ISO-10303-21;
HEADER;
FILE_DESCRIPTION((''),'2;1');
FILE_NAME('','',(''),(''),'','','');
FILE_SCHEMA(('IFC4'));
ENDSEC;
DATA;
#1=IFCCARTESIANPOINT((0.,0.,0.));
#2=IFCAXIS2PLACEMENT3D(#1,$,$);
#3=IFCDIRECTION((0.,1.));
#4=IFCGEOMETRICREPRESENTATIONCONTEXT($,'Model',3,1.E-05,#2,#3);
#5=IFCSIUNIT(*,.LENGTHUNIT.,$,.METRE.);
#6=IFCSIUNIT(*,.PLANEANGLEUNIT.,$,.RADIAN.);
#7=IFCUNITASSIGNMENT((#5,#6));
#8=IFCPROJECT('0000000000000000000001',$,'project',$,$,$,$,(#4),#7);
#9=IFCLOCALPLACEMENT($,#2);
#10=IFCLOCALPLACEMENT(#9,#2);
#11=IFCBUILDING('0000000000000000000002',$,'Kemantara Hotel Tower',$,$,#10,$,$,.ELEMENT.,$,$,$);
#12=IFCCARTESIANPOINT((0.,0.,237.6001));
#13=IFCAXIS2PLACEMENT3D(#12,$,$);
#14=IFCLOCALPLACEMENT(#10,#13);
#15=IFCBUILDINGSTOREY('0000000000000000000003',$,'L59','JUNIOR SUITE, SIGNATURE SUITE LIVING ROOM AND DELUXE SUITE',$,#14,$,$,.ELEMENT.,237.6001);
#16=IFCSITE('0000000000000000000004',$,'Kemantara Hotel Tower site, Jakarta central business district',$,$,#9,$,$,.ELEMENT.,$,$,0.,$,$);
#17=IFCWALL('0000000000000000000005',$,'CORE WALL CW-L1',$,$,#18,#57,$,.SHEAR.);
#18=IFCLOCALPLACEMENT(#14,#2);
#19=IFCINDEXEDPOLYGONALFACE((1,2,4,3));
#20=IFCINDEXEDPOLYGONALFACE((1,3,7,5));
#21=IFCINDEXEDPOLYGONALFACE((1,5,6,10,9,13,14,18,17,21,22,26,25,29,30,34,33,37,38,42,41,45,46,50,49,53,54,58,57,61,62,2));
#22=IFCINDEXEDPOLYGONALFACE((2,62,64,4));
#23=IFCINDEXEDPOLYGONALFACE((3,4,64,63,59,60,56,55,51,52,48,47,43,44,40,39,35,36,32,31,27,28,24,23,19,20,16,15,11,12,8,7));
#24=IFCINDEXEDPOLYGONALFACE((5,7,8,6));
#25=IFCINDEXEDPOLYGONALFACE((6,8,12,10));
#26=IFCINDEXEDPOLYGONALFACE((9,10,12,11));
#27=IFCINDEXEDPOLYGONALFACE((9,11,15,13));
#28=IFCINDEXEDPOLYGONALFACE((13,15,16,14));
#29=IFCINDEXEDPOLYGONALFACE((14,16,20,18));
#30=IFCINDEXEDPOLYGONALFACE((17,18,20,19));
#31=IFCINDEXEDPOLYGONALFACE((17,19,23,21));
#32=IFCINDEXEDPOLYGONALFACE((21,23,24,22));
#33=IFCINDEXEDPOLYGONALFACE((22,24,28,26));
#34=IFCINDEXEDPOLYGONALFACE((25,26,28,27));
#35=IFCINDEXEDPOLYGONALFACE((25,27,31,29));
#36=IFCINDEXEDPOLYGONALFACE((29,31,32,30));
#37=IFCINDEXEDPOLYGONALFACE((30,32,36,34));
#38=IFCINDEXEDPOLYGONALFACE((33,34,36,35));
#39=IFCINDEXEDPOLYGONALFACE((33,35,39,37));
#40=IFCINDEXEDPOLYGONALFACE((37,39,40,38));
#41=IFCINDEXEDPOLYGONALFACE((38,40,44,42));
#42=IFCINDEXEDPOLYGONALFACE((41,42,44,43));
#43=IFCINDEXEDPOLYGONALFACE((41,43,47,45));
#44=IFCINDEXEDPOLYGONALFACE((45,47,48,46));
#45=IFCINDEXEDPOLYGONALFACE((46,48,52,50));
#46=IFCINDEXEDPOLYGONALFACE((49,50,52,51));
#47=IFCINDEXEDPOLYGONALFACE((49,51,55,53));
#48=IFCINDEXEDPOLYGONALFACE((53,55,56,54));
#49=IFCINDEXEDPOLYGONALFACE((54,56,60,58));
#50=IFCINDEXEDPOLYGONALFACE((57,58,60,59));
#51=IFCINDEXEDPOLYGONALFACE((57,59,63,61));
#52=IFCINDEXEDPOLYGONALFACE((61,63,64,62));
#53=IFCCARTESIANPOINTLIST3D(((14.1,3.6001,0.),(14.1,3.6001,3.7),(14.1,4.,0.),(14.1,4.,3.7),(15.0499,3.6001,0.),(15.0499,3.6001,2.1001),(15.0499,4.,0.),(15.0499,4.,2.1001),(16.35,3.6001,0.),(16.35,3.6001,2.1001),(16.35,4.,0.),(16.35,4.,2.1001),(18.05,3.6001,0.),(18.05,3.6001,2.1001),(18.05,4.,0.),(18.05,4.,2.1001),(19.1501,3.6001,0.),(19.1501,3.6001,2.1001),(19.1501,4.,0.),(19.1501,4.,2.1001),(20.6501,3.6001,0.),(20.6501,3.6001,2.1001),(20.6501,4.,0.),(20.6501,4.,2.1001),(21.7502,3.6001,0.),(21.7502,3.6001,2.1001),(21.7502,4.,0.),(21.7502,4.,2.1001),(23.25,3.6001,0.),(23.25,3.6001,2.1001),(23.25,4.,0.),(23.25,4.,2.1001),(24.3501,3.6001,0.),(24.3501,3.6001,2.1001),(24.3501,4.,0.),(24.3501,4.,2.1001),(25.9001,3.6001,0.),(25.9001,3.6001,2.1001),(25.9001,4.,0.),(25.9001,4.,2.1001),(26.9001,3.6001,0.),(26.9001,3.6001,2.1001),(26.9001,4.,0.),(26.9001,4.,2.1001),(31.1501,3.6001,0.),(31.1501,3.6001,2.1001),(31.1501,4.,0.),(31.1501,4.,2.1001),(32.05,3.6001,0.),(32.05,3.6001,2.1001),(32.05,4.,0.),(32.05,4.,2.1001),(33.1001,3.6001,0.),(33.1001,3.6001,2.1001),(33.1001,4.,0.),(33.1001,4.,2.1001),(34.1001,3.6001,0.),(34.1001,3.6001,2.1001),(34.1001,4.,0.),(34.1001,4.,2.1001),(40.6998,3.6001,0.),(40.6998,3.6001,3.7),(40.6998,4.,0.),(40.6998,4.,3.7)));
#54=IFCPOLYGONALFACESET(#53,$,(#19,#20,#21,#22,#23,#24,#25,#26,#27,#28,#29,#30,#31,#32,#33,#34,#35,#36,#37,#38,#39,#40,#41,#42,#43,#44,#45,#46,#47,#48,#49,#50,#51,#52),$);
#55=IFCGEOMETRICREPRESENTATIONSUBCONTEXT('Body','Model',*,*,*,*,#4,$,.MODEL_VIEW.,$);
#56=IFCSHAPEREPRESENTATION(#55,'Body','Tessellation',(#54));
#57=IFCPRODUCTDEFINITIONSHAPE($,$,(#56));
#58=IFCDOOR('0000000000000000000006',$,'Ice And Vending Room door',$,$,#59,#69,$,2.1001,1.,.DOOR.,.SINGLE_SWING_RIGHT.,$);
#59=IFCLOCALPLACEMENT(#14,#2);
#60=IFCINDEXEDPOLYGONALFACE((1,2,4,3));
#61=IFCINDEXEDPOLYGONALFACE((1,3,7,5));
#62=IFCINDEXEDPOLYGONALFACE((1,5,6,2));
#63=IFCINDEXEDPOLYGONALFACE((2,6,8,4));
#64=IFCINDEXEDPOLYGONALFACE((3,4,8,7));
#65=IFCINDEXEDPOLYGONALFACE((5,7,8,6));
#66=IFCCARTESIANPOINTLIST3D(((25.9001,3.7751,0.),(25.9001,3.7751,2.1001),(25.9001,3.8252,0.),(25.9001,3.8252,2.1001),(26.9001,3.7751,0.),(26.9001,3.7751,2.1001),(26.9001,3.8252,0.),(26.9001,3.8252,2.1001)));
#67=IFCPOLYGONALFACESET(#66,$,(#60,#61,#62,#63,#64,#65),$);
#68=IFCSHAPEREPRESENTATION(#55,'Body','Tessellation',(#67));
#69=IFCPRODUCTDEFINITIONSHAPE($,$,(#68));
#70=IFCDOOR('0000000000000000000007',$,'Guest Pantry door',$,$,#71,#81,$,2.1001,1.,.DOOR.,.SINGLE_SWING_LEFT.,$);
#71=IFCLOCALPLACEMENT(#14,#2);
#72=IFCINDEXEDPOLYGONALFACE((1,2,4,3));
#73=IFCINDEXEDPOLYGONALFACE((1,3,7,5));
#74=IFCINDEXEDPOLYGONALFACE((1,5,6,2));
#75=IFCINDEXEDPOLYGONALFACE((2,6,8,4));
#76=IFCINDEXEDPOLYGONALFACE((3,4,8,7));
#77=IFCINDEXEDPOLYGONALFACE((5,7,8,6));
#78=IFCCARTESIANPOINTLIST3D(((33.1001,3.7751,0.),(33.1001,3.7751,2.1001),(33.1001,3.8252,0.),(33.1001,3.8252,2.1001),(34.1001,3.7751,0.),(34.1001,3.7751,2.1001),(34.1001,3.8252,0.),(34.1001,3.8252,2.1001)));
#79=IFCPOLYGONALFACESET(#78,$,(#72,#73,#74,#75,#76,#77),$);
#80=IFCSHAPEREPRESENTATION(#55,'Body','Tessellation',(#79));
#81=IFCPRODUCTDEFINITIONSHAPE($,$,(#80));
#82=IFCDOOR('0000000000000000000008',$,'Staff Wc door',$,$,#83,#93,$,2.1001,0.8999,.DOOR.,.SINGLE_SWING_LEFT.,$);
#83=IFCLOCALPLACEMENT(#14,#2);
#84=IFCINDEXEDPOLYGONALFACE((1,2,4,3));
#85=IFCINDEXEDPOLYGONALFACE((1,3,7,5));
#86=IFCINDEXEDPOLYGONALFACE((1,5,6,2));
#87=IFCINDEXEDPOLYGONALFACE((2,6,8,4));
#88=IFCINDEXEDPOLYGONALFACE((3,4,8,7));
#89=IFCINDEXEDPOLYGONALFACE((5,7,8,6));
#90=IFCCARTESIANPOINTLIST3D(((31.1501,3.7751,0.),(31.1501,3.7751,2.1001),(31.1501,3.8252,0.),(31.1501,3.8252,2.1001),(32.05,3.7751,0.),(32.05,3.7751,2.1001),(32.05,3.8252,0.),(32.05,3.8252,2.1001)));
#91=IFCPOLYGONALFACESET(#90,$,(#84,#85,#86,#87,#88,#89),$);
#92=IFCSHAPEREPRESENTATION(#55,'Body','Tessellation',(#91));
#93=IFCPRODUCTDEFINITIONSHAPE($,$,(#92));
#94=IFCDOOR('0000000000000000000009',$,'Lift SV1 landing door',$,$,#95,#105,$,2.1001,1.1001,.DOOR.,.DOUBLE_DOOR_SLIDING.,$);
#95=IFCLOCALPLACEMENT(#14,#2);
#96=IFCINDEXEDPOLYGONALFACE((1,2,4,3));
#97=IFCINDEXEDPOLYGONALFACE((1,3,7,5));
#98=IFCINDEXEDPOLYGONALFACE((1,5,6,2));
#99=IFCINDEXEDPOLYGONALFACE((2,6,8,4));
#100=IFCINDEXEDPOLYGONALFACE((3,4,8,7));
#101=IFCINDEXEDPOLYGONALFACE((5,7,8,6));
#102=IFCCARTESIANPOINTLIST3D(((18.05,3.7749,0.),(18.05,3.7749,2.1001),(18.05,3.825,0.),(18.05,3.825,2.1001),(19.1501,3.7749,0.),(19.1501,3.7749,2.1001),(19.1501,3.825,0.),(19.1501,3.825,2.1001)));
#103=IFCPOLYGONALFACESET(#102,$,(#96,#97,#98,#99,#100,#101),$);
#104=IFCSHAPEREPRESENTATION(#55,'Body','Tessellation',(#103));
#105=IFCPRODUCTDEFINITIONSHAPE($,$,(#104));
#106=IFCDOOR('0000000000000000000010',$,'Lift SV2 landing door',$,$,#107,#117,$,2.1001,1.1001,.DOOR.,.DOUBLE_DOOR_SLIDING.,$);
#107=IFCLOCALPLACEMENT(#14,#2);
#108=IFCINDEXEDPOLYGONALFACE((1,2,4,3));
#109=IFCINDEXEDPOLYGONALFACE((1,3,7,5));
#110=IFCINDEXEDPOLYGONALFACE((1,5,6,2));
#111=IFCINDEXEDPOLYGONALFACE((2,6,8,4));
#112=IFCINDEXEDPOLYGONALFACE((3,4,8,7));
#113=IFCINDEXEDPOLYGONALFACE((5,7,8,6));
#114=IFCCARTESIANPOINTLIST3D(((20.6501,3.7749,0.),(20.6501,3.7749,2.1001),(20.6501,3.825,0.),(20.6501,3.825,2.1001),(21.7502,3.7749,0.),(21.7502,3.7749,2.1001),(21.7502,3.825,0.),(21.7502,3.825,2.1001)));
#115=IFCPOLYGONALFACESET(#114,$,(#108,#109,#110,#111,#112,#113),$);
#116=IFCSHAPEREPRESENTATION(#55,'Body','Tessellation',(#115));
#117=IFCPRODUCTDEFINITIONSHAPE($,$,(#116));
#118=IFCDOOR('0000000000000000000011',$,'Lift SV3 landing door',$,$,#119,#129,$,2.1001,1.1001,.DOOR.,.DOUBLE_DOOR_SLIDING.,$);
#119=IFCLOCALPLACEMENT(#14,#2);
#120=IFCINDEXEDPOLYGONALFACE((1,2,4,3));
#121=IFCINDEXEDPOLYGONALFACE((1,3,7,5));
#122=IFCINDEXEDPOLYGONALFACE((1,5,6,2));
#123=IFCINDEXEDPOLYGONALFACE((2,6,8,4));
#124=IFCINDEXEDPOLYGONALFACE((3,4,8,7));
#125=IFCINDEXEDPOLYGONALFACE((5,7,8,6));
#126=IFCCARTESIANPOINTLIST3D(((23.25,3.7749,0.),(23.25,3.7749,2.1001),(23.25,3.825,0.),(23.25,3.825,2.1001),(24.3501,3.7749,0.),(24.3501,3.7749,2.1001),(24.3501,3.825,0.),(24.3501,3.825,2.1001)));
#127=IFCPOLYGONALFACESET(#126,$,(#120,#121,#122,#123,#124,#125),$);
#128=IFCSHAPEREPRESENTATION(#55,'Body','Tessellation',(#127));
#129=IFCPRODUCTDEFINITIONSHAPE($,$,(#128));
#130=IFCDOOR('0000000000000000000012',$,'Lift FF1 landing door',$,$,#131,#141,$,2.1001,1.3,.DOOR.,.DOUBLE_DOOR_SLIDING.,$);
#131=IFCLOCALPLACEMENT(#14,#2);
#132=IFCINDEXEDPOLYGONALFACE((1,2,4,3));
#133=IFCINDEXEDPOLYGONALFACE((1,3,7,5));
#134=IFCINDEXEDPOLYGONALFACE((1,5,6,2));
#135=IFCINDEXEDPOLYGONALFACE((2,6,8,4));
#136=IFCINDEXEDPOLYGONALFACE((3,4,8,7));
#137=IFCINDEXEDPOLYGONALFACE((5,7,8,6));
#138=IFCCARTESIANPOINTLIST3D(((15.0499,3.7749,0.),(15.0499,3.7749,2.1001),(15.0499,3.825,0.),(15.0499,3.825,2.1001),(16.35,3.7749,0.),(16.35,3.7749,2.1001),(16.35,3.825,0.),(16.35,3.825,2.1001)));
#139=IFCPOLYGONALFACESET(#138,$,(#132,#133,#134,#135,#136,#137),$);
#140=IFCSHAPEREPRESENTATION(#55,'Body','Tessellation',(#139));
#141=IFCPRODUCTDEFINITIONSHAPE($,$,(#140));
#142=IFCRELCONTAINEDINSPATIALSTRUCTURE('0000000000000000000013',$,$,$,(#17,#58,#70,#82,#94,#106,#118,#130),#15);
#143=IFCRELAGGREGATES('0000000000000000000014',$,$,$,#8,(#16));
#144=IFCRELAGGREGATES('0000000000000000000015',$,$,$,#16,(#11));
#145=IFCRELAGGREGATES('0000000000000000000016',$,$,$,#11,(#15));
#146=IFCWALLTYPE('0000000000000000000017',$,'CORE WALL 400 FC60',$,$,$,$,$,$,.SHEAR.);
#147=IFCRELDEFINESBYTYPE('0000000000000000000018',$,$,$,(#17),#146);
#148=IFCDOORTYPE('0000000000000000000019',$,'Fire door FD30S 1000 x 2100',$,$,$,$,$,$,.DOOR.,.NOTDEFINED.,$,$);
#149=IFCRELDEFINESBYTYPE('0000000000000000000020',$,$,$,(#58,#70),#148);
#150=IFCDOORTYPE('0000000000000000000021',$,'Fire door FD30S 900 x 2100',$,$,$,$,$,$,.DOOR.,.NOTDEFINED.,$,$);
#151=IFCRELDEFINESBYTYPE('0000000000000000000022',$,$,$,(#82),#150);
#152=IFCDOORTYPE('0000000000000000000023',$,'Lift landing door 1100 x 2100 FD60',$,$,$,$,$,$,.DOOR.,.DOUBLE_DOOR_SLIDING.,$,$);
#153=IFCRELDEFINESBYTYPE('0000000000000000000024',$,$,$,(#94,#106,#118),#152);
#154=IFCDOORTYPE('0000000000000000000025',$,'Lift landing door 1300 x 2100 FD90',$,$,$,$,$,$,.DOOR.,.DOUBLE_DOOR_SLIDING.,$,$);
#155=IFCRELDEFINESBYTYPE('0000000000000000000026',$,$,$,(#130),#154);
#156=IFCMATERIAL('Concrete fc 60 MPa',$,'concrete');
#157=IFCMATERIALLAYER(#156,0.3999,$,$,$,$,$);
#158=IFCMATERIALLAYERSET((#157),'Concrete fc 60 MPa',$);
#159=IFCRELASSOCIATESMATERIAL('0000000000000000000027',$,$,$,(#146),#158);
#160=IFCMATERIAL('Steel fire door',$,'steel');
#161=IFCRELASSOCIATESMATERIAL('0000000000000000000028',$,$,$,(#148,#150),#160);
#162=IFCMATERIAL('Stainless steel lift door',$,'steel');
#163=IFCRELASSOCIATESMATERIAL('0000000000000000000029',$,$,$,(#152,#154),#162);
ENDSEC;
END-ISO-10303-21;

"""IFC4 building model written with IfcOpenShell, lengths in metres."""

from ifc_helpers import new_model, si_unit, direction, frame, frame_2d, origin, place, context, subcontext, project, spatial, rectangle, extrude, material, layer, layer_set, type_object, element, fill, save


model = new_model("IFC4")

# Units and contexts
model_context = context("Model", 3, precision=1e-05, world=origin(), true_north=direction((0.0, 1.0)))
body_context = subcontext(model_context, "Body", "Model", "MODEL_VIEW")
ifc_project = project(units=[si_unit("LENGTHUNIT", "METRE"), si_unit("PLANEANGLEUNIT", "RADIAN")], contexts=[model_context])

# Site, building, storey
site_placement = place(None, origin())
site = spatial("IfcSite", under=ifc_project, at=site_placement, Name="Kemantara Hotel Tower site, Jakarta central business district", CompositionType="ELEMENT", RefElevation=0.0)
building_placement = place(site_placement, origin())
building = spatial("IfcBuilding", under=site, at=building_placement, Name="Kemantara Hotel Tower", CompositionType="ELEMENT")
storey_placement = place(building_placement, frame((0.0, 0.0, 237.6001)))
storey = spatial("IfcBuildingStorey", under=building, at=storey_placement, Name="L59", Description="JUNIOR SUITE, SIGNATURE SUITE LIVING ROOM AND DELUXE SUITE", CompositionType="ELEMENT", Elevation=237.6001)

# Shared definitions
ifc_material_1 = material(Name="Concrete fc 60 MPa", Category="concrete")

# Wall, openings, doors
ifc_layer_1 = layer(ifc_material_1, 0.3999)
ifc_layer_set_1 = layer_set([ifc_layer_1], Name="Concrete fc 60 MPa")
wall_type_1 = type_object("IfcWallType", Name="CORE WALL 400 FC60", PredefinedType="SHEAR", material=ifc_layer_set_1)
ifc_material_2 = material(Name="Steel fire door", Category="steel")
door_type_1 = type_object("IfcDoorType", Name="Fire door FD30S 1000 x 2100", OperationType="NOTDEFINED", PredefinedType="DOOR", material=ifc_material_2)
wall_1_placement = place(storey_placement, frame((14.1001, 3.8, 0.0), z_axis=(0.0, 0.0, 1.0), x_axis=(1.0, 0.0, 0.0)))
wall_1 = element("IfcWall", 1, at=wall_1_placement, inside=storey, type_object=wall_type_1, Name="CORE WALL CW-L1", PredefinedType="SHEAR", context=body_context, shape_type="SweptSolid", body=[
    extrude(rectangle(XDim=26.5999, YDim=0.3999, at=frame_2d((13.2998, 0.0))), origin(), (0.0, 0.0, 1.0), 3.7),
])
opening_1_placement = place(wall_1_placement, frame((0.95, 0.0, 0.0)))
opening_1 = element("IfcOpeningElement", 2, at=opening_1_placement, cuts=wall_1, PredefinedType="OPENING", context=body_context, shape_type="SweptSolid", body=[
    extrude(rectangle(XDim=1.3, YDim=2.1001, at=frame_2d((0.6499, 1.05))), frame((0.0, 0.21, 0.0), z_axis=(0.0, -1.0, 0.0), x_axis=(1.0, 0.0, 0.0)), (0.0, 0.0, 1.0), 0.4199),
])
opening_2_placement = place(wall_1_placement, frame((3.95, 0.0, 0.0)))
opening_2 = element("IfcOpeningElement", 3, at=opening_2_placement, cuts=wall_1, PredefinedType="OPENING", context=body_context, shape_type="SweptSolid", body=[
    extrude(rectangle(XDim=1.1001, YDim=2.1001, at=frame_2d((0.55, 1.05))), frame((0.0, 0.21, 0.0), z_axis=(0.0, -1.0, 0.0), x_axis=(1.0, 0.0, 0.0)), (0.0, 0.0, 1.0), 0.4199),
])
opening_3_placement = place(wall_1_placement, frame((6.55, 0.0, 0.0)))
opening_3 = element("IfcOpeningElement", 4, at=opening_3_placement, cuts=wall_1, PredefinedType="OPENING", context=body_context, shape_type="SweptSolid", body=[
    extrude(rectangle(XDim=1.1001, YDim=2.1001, at=frame_2d((0.55, 1.05))), frame((0.0, 0.21, 0.0), z_axis=(0.0, -1.0, 0.0), x_axis=(1.0, 0.0, 0.0)), (0.0, 0.0, 1.0), 0.4199),
])
opening_4_placement = place(wall_1_placement, frame((9.1499, 0.0, 0.0)))
opening_4 = element("IfcOpeningElement", 5, at=opening_4_placement, cuts=wall_1, PredefinedType="OPENING", context=body_context, shape_type="SweptSolid", body=[
    extrude(rectangle(XDim=1.1001, YDim=2.1001, at=frame_2d((0.55, 1.05))), frame((0.0, 0.21, 0.0), z_axis=(0.0, -1.0, 0.0), x_axis=(1.0, 0.0, 0.0)), (0.0, 0.0, 1.0), 0.4199),
])
opening_5_placement = place(wall_1_placement, frame((11.8, 0.0, 0.0)))
opening_5 = element("IfcOpeningElement", 6, at=opening_5_placement, cuts=wall_1, PredefinedType="OPENING", context=body_context, shape_type="SweptSolid", body=[
    extrude(rectangle(XDim=1.0, YDim=2.1001, at=frame_2d((0.5, 1.05))), frame((0.0, 0.21, 0.0), z_axis=(0.0, -1.0, 0.0), x_axis=(1.0, 0.0, 0.0)), (0.0, 0.0, 1.0), 0.4199),
])
opening_6_placement = place(wall_1_placement, frame((17.05, 0.0, 0.0)))
opening_6 = element("IfcOpeningElement", 7, at=opening_6_placement, cuts=wall_1, PredefinedType="OPENING", context=body_context, shape_type="SweptSolid", body=[
    extrude(rectangle(XDim=0.8999, YDim=2.1001, at=frame_2d((0.45, 1.05))), frame((0.0, 0.21, 0.0), z_axis=(0.0, -1.0, 0.0), x_axis=(1.0, 0.0, 0.0)), (0.0, 0.0, 1.0), 0.4199),
])
opening_7_placement = place(wall_1_placement, frame((19.0, 0.0, 0.0)))
opening_7 = element("IfcOpeningElement", 8, at=opening_7_placement, cuts=wall_1, PredefinedType="OPENING", context=body_context, shape_type="SweptSolid", body=[
    extrude(rectangle(XDim=1.0, YDim=2.1001, at=frame_2d((0.5, 1.05))), frame((0.0, 0.21, 0.0), z_axis=(0.0, -1.0, 0.0), x_axis=(1.0, 0.0, 0.0)), (0.0, 0.0, 1.0), 0.4199),
])
door_1_placement = place(opening_5_placement, frame((1.0, 0.0, 0.0), z_axis=(0.0, 0.0, 1.0), x_axis=(-1.0, 0.0, 0.0)))
door_1 = element("IfcDoor", 9, at=door_1_placement, inside=storey, type_object=door_type_1, Name="Ice And Vending Room door", OperationType="SINGLE_SWING_RIGHT", OverallHeight=2.1001, OverallWidth=1.0, PredefinedType="DOOR", context=body_context, shape_type="SweptSolid", body=[
    extrude(rectangle(XDim=1.0, YDim=2.1001, at=frame_2d((0.5, 1.05))), frame((0.0, 0.0249, 0.0), z_axis=(0.0, -1.0, 0.0), x_axis=(1.0, 0.0, 0.0)), (0.0, 0.0, 1.0), 0.05),
])
fill(opening_5, door_1)
door_2_placement = place(opening_7_placement, frame((1.0, 0.0, 0.0), z_axis=(0.0, 0.0, 1.0), x_axis=(-1.0, 0.0, 0.0)))
door_2 = element("IfcDoor", 10, at=door_2_placement, inside=storey, type_object=door_type_1, Name="Guest Pantry door", OperationType="SINGLE_SWING_LEFT", OverallHeight=2.1001, OverallWidth=1.0, PredefinedType="DOOR", context=body_context, shape_type="SweptSolid", body=[
    extrude(rectangle(XDim=1.0, YDim=2.1001, at=frame_2d((0.5, 1.05))), frame((0.0, 0.0249, 0.0), z_axis=(0.0, -1.0, 0.0), x_axis=(1.0, 0.0, 0.0)), (0.0, 0.0, 1.0), 0.05),
])
fill(opening_7, door_2)
door_type_2 = type_object("IfcDoorType", Name="Fire door FD30S 900 x 2100", OperationType="NOTDEFINED", PredefinedType="DOOR", material=ifc_material_2)
door_3_placement = place(opening_6_placement, frame((0.8999, 0.0, 0.0), z_axis=(0.0, 0.0, 1.0), x_axis=(-1.0, 0.0, 0.0)))
door_3 = element("IfcDoor", 11, at=door_3_placement, inside=storey, type_object=door_type_2, Name="Staff Wc door", OperationType="SINGLE_SWING_LEFT", OverallHeight=2.1001, OverallWidth=0.8999, PredefinedType="DOOR", context=body_context, shape_type="SweptSolid", body=[
    extrude(rectangle(XDim=0.8999, YDim=2.1001, at=frame_2d((0.45, 1.05))), frame((0.0, 0.0249, 0.0), z_axis=(0.0, -1.0, 0.0), x_axis=(1.0, 0.0, 0.0)), (0.0, 0.0, 1.0), 0.05),
])
fill(opening_6, door_3)
ifc_material_3 = material(Name="Stainless steel lift door", Category="steel")
door_type_3 = type_object("IfcDoorType", Name="Lift landing door 1100 x 2100 FD60", OperationType="DOUBLE_DOOR_SLIDING", PredefinedType="DOOR", material=ifc_material_3)
door_4_placement = place(opening_2_placement, origin())
door_4 = element("IfcDoor", 12, at=door_4_placement, inside=storey, type_object=door_type_3, Name="Lift SV1 landing door", OperationType="DOUBLE_DOOR_SLIDING", OverallHeight=2.1001, OverallWidth=1.1001, PredefinedType="DOOR", context=body_context, shape_type="SweptSolid", body=[
    extrude(rectangle(XDim=1.1001, YDim=2.1001, at=frame_2d((0.55, 1.05))), frame((0.0, 0.0249, 0.0), z_axis=(0.0, -1.0, 0.0), x_axis=(1.0, 0.0, 0.0)), (0.0, 0.0, 1.0), 0.05),
])
fill(opening_2, door_4)
door_5_placement = place(opening_3_placement, origin())
door_5 = element("IfcDoor", 13, at=door_5_placement, inside=storey, type_object=door_type_3, Name="Lift SV2 landing door", OperationType="DOUBLE_DOOR_SLIDING", OverallHeight=2.1001, OverallWidth=1.1001, PredefinedType="DOOR", context=body_context, shape_type="SweptSolid", body=[
    extrude(rectangle(XDim=1.1001, YDim=2.1001, at=frame_2d((0.55, 1.05))), frame((0.0, 0.0249, 0.0), z_axis=(0.0, -1.0, 0.0), x_axis=(1.0, 0.0, 0.0)), (0.0, 0.0, 1.0), 0.05),
])
fill(opening_3, door_5)
door_6_placement = place(opening_4_placement, origin())
door_6 = element("IfcDoor", 14, at=door_6_placement, inside=storey, type_object=door_type_3, Name="Lift SV3 landing door", OperationType="DOUBLE_DOOR_SLIDING", OverallHeight=2.1001, OverallWidth=1.1001, PredefinedType="DOOR", context=body_context, shape_type="SweptSolid", body=[
    extrude(rectangle(XDim=1.1001, YDim=2.1001, at=frame_2d((0.55, 1.05))), frame((0.0, 0.0249, 0.0), z_axis=(0.0, -1.0, 0.0), x_axis=(1.0, 0.0, 0.0)), (0.0, 0.0, 1.0), 0.05),
])
fill(opening_4, door_6)
door_type_4 = type_object("IfcDoorType", Name="Lift landing door 1300 x 2100 FD90", OperationType="DOUBLE_DOOR_SLIDING", PredefinedType="DOOR", material=ifc_material_3)
door_7_placement = place(opening_1_placement, origin())
door_7 = element("IfcDoor", 15, at=door_7_placement, inside=storey, type_object=door_type_4, Name="Lift FF1 landing door", OperationType="DOUBLE_DOOR_SLIDING", OverallHeight=2.1001, OverallWidth=1.3, PredefinedType="DOOR", context=body_context, shape_type="SweptSolid", body=[
    extrude(rectangle(XDim=1.3, YDim=2.1001, at=frame_2d((0.6499, 1.05))), frame((0.0, 0.0249, 0.0), z_axis=(0.0, -1.0, 0.0), x_axis=(1.0, 0.0, 0.0)), (0.0, 0.0, 1.0), 0.05),
])
fill(opening_1, door_7)

save(model, "model.ifc")
